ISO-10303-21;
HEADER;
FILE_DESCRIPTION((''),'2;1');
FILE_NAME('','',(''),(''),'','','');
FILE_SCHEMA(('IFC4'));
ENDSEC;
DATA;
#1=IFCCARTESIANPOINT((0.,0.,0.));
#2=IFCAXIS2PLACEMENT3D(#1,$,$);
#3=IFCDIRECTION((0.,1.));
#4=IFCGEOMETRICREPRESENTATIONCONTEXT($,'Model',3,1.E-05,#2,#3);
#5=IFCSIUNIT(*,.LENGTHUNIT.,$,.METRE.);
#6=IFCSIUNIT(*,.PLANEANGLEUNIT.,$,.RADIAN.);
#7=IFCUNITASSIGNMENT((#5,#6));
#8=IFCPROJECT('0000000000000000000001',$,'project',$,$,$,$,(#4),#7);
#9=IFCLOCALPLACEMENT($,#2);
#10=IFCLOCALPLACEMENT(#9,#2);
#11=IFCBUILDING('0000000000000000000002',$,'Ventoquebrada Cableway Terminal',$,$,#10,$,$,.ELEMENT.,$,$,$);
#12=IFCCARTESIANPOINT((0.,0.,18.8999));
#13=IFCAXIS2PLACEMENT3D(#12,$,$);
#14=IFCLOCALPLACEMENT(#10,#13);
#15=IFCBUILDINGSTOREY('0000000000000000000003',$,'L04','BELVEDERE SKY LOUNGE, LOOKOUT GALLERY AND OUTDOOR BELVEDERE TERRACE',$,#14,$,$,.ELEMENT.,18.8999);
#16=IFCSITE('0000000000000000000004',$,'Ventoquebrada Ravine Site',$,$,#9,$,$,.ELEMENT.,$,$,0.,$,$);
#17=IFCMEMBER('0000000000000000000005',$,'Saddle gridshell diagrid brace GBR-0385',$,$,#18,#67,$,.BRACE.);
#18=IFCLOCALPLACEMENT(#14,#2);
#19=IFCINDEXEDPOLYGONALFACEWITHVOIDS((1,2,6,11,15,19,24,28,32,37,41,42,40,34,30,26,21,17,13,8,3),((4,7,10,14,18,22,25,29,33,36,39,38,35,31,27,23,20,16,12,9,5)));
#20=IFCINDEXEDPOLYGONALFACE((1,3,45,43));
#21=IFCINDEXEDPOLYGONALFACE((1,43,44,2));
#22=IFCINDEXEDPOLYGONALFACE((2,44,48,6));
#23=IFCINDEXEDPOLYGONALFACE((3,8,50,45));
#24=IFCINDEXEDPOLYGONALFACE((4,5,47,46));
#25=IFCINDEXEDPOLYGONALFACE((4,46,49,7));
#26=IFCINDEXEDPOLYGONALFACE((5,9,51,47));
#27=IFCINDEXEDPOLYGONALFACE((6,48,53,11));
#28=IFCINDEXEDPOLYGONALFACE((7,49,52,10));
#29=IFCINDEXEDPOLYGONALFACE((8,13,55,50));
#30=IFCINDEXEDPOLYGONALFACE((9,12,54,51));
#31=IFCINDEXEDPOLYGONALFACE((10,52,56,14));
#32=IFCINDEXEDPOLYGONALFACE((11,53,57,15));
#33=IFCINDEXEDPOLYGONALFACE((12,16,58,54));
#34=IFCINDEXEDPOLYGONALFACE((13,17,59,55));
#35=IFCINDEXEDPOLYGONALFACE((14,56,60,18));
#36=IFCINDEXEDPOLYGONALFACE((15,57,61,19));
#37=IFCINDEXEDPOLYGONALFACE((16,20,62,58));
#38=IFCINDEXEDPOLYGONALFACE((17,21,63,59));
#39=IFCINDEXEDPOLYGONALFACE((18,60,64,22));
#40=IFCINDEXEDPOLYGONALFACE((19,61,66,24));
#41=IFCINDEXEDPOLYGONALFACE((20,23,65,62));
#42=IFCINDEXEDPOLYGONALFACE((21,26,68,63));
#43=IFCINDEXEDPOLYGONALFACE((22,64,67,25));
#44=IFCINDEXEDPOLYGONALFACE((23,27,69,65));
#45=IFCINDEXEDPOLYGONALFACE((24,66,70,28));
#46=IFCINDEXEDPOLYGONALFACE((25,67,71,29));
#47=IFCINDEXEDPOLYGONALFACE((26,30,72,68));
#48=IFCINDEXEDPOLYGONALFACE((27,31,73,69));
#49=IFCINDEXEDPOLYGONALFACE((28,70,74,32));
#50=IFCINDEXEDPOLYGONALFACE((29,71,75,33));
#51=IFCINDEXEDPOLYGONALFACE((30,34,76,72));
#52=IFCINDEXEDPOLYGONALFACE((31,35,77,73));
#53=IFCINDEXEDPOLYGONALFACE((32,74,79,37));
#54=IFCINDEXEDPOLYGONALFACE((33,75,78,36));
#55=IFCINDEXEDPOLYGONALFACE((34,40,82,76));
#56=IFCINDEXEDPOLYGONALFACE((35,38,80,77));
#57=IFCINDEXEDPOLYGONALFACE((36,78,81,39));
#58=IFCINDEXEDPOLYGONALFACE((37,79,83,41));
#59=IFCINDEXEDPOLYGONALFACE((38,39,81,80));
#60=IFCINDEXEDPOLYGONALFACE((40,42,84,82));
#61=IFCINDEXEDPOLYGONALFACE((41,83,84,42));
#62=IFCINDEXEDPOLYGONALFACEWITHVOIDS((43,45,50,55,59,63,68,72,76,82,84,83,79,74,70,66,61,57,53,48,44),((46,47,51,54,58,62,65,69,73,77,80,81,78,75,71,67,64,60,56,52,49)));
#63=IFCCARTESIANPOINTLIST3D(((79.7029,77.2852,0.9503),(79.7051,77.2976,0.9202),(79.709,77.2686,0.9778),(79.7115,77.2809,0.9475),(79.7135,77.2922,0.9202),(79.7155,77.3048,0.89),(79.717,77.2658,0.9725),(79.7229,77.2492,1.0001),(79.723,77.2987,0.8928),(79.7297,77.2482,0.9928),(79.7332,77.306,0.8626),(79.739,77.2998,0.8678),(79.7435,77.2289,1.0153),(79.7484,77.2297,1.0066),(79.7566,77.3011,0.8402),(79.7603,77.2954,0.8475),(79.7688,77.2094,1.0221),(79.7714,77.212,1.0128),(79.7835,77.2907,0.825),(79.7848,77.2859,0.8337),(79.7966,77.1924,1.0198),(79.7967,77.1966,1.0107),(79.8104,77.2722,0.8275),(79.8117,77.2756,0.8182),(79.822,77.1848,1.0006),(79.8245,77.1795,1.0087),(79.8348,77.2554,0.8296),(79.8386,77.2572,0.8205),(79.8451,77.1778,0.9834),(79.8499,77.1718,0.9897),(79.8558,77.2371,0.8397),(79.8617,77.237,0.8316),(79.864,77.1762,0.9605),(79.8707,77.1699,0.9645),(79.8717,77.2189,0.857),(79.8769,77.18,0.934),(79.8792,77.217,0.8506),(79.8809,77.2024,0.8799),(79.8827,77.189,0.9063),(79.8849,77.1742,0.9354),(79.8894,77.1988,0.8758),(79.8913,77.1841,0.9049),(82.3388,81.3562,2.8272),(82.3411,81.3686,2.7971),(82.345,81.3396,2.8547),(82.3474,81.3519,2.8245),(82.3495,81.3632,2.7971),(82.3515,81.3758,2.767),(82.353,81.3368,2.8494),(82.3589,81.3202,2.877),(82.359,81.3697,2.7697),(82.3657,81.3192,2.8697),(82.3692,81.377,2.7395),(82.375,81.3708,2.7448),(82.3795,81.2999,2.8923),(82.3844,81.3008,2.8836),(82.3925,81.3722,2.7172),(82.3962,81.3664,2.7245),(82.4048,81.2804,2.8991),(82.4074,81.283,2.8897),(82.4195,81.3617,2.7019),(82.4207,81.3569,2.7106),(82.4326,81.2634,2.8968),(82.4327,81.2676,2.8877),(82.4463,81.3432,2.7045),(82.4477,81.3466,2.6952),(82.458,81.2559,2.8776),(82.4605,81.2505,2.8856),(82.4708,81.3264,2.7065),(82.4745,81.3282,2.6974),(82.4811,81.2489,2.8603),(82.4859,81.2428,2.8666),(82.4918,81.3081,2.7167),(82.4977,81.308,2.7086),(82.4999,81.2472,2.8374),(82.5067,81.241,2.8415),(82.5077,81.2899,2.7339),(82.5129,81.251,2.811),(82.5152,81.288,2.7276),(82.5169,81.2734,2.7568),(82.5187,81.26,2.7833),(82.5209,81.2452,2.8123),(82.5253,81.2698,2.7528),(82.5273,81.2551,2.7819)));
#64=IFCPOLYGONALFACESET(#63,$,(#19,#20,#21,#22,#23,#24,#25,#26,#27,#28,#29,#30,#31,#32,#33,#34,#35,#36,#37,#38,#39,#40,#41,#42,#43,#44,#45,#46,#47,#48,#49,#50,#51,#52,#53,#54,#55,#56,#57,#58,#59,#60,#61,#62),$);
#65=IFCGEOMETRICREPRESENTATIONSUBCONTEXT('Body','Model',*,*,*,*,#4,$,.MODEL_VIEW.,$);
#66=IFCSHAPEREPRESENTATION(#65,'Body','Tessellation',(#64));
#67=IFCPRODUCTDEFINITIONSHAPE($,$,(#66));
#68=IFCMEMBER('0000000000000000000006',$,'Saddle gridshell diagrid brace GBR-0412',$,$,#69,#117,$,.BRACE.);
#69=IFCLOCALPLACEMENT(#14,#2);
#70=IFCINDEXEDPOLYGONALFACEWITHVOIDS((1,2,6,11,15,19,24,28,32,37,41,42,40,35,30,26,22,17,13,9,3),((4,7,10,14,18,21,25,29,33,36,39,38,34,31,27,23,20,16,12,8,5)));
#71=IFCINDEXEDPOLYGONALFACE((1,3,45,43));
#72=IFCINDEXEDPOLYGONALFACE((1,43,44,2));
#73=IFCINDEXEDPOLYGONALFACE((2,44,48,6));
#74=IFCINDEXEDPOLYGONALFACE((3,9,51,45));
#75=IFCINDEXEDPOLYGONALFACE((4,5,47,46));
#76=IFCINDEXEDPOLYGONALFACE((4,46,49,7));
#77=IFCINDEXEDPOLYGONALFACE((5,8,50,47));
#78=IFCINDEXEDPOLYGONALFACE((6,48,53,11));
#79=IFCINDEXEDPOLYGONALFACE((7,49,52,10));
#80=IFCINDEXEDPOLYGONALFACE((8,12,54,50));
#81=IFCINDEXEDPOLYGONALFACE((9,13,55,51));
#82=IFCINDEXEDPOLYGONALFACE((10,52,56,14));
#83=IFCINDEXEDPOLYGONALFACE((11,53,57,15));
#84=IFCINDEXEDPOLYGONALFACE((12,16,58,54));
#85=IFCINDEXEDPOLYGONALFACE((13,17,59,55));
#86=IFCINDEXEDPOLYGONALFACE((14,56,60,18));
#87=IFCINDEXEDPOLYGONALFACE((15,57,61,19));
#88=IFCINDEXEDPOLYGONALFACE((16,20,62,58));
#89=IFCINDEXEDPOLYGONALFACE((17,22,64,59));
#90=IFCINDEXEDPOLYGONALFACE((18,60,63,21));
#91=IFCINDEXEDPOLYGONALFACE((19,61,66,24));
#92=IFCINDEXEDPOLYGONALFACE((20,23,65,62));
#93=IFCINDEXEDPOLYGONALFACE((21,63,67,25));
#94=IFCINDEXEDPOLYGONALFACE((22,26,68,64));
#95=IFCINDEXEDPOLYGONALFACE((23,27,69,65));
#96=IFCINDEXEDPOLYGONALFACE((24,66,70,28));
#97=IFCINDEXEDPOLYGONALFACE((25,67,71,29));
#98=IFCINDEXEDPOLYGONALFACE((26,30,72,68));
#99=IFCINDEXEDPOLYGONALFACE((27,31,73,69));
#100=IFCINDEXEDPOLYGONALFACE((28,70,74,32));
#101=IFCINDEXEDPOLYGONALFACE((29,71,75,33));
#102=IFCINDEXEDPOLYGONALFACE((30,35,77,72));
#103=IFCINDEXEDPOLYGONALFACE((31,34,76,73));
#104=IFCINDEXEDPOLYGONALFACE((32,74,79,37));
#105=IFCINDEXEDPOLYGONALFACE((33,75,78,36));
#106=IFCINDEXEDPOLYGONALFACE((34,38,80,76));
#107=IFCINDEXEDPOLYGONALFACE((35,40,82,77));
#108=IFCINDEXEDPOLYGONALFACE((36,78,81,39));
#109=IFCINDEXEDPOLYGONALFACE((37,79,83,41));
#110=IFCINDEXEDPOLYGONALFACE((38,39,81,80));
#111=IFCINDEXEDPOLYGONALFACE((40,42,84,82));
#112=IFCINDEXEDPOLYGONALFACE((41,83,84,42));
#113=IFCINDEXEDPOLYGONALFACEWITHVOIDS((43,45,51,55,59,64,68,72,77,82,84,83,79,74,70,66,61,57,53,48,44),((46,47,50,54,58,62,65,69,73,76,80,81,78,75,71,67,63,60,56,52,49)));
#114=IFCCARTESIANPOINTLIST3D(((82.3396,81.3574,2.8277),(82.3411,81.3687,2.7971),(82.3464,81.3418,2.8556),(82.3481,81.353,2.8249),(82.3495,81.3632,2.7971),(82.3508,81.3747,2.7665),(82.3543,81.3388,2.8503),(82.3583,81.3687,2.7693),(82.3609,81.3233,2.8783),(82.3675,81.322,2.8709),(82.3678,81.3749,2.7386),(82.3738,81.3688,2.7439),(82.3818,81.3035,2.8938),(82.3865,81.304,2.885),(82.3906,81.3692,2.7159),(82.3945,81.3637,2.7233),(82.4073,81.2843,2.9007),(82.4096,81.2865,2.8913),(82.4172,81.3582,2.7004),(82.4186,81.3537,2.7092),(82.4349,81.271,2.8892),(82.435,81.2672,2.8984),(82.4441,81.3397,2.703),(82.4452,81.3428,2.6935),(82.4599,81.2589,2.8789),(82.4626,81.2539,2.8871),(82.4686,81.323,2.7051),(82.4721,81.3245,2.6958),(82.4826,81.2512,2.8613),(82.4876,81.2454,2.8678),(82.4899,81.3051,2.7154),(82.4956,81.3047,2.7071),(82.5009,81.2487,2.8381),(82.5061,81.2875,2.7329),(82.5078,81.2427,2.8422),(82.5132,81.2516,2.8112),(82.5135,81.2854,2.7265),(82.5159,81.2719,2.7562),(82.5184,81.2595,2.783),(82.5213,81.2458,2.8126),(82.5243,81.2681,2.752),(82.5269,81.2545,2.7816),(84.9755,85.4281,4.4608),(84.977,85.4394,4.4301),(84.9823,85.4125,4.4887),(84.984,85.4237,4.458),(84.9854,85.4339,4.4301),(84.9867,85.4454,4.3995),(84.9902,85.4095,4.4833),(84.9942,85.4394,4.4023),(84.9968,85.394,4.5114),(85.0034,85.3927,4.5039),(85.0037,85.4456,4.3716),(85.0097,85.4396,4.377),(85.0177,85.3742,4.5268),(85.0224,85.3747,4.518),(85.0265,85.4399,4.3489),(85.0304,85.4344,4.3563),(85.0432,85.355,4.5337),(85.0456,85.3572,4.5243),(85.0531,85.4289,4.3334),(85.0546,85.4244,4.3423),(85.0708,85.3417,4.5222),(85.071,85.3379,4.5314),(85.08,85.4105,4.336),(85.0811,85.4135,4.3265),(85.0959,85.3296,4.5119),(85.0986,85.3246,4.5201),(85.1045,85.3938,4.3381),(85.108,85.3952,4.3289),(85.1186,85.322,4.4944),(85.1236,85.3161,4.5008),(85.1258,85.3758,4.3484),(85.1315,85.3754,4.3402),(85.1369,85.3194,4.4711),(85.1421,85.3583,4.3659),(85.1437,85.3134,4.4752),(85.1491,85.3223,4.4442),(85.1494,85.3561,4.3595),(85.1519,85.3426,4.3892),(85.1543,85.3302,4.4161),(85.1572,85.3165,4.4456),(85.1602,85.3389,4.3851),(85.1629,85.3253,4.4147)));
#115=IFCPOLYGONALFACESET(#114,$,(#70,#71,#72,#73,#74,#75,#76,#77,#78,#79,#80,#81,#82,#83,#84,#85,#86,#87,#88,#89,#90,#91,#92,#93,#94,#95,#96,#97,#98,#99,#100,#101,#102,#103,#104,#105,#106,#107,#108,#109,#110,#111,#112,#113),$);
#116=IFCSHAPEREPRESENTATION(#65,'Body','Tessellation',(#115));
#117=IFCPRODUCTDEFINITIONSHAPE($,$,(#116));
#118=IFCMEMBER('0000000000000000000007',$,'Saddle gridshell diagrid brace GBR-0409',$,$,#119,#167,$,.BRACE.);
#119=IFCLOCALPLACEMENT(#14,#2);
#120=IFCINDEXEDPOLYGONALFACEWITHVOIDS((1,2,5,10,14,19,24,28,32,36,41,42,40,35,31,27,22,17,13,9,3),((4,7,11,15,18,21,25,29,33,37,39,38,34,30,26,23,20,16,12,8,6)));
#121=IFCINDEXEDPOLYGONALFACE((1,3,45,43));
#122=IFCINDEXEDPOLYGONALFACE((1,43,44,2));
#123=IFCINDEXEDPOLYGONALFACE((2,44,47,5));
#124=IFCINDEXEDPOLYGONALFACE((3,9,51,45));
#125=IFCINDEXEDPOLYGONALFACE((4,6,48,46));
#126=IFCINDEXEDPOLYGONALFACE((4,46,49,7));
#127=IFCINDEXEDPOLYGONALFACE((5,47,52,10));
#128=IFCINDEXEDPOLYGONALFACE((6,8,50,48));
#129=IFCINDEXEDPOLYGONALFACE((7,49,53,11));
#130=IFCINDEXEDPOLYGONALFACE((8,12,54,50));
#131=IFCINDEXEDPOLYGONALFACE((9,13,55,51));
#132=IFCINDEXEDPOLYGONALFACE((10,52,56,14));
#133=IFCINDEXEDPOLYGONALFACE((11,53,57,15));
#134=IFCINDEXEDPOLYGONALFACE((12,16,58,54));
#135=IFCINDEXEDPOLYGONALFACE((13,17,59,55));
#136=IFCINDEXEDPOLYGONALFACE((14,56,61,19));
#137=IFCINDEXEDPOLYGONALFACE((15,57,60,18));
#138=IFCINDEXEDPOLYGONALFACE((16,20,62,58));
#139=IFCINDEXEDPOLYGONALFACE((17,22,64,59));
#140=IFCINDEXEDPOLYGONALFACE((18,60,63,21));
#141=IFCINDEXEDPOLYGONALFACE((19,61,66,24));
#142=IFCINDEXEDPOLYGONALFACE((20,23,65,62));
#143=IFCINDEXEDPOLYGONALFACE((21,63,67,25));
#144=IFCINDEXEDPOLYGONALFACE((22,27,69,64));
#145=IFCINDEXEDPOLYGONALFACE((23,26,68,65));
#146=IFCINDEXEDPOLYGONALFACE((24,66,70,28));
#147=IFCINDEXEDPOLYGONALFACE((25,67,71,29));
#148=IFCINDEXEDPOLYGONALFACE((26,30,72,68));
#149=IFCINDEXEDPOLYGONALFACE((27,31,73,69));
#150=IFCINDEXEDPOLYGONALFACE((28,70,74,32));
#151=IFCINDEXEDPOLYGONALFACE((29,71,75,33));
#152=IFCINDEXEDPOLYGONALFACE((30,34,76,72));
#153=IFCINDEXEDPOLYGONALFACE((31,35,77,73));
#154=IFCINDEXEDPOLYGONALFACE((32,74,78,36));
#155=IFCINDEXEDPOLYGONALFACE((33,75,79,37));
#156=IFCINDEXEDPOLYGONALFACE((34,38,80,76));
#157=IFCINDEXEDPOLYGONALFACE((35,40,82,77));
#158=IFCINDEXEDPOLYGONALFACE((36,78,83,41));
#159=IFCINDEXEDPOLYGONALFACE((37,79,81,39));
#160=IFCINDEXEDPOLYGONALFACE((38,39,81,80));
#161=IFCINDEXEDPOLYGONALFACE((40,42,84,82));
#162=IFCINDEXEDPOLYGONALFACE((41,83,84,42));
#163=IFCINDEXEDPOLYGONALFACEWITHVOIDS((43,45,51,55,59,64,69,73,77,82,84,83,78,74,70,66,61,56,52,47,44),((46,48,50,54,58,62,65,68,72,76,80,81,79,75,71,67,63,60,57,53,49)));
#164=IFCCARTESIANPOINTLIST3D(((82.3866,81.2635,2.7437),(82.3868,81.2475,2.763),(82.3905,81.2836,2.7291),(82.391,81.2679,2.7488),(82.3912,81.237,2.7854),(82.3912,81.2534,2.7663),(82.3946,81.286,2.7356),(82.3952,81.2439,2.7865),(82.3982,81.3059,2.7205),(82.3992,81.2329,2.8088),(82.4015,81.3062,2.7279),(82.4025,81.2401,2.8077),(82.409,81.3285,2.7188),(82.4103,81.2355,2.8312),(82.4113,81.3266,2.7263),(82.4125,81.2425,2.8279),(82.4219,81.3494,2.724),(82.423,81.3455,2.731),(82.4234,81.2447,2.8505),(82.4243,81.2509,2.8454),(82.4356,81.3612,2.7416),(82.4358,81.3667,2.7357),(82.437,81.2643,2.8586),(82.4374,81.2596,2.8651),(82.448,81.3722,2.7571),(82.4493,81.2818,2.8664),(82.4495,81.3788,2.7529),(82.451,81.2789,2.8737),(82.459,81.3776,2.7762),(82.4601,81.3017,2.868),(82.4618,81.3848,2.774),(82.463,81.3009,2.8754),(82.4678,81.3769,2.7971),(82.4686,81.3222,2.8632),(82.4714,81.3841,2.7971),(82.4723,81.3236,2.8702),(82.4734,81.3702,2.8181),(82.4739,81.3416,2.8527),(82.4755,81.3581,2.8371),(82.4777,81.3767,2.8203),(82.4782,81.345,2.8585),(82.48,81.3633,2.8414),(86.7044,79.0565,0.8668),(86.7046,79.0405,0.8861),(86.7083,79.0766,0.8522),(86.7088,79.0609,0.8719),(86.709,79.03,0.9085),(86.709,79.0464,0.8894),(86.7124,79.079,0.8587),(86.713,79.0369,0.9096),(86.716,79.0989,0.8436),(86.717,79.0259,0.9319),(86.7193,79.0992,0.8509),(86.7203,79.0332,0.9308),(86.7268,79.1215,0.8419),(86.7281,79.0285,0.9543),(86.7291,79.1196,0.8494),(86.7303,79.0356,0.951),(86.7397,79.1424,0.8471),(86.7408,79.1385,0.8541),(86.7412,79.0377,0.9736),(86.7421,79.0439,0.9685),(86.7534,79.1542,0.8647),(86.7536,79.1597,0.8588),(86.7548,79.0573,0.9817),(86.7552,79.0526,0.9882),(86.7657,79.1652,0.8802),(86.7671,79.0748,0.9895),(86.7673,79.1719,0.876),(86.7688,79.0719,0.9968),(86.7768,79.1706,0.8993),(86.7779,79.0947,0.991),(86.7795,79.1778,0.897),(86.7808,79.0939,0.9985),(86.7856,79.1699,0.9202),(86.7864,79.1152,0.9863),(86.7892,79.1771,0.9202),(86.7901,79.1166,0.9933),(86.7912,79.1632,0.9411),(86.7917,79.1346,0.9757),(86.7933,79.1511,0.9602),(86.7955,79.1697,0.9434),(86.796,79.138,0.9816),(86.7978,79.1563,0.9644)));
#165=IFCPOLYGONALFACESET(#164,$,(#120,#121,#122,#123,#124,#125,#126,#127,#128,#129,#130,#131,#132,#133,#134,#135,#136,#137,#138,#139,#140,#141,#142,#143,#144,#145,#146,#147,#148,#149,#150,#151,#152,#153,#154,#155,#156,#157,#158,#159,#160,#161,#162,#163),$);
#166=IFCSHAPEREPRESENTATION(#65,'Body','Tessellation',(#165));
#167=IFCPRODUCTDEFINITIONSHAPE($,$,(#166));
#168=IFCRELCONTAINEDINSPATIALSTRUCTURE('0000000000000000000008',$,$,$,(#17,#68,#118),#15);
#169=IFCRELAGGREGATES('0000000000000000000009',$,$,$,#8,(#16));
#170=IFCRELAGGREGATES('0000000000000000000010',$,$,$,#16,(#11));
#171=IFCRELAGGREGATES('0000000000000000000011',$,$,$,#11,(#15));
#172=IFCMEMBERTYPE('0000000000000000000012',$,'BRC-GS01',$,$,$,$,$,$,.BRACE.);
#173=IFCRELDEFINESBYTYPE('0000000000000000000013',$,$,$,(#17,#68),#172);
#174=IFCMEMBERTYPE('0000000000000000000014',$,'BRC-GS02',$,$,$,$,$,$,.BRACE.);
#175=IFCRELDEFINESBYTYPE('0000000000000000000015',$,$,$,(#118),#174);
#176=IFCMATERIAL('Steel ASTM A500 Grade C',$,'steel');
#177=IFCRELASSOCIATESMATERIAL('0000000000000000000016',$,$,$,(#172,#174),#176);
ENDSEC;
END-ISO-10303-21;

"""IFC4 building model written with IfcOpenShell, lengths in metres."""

from ifc_helpers import new_model, si_unit, direction, frame, origin, origin_2d, place, context, subcontext, project, spatial, hollow_circle, extrude, material, material_profile, profile_set, type_object, element, save


model = new_model("IFC4")

# Units and contexts
model_context = context("Model", 3, precision=1e-05, world=origin(), true_north=direction((0.0, 1.0)))
body_context = subcontext(model_context, "Body", "Model", "MODEL_VIEW")
ifc_project = project(units=[si_unit("LENGTHUNIT", "METRE"), si_unit("PLANEANGLEUNIT", "RADIAN")], contexts=[model_context])

# Site, building, storey
site_placement = place(None, origin())
site = spatial("IfcSite", under=ifc_project, at=site_placement, Name="Ventoquebrada Ravine Site", CompositionType="ELEMENT", RefElevation=0.0)
building_placement = place(site_placement, origin())
building = spatial("IfcBuilding", under=site, at=building_placement, Name="Ventoquebrada Cableway Terminal", CompositionType="ELEMENT")
storey_placement = place(building_placement, frame((0.0, 0.0, 18.8999)))
storey = spatial("IfcBuildingStorey", under=building, at=storey_placement, Name="L04", Description="BELVEDERE SKY LOUNGE, LOOKOUT GALLERY AND OUTDOOR BELVEDERE TERRACE", CompositionType="ELEMENT", Elevation=18.8999)

# Members
ifc_material_1 = material(Name="Steel ASTM A500 Grade C", Category="steel")
ifc_material_profile_1 = material_profile(ifc_material_1, hollow_circle(Radius=0.1096, WallThickness=0.01, at=origin_2d()), Name="CHS219.1X10")
ifc_profile_set_1 = profile_set([ifc_material_profile_1], Name="Steel ASTM A500 Grade C")
member_type_1 = type_object("IfcMemberType", Name="BRC-GS01", PredefinedType="BRACE", material=ifc_profile_set_1)
member_1_placement = place(storey_placement, frame((79.7971, 77.238, 0.9202), z_axis=(0.506876, 0.782824, 0.360921), x_axis=(-0.839403, 0.54351, 0.0)))
element("IfcMember", 1, at=member_1_placement, inside=storey, type_object=member_type_1, Name="Saddle gridshell diagrid brace GBR-0385", PredefinedType="BRACE", context=body_context, shape_type="SweptSolid", body=[
    extrude(hollow_circle(Radius=0.1096, WallThickness=0.01, at=origin_2d()), origin(), (0.0, 0.0, 1.0), 5.2004),
])
member_2_placement = place(storey_placement, frame((82.4331, 81.3091, 2.7971), z_axis=(0.515113, 0.795498, 0.319125), x_axis=(-0.839388, 0.543533, 0.0)))
element("IfcMember", 2, at=member_2_placement, inside=storey, type_object=member_type_1, Name="Saddle gridshell diagrid brace GBR-0412", PredefinedType="BRACE", context=body_context, shape_type="SweptSolid", body=[
    extrude(hollow_circle(Radius=0.1096, WallThickness=0.01, at=origin_2d()), origin(), (0.0, 0.0, 1.0), 5.1172),
])
ifc_material_profile_2 = material_profile(ifc_material_1, hollow_circle(Radius=0.0842, WallThickness=0.0081, at=origin_2d()), Name="CHS168.3X8")
ifc_profile_set_2 = profile_set([ifc_material_profile_2], Name="Steel ASTM A500 Grade C")
member_type_2 = type_object("IfcMemberType", Name="BRC-GS02", PredefinedType="BRACE", material=ifc_profile_set_2)
member_3_placement = place(storey_placement, frame((82.4331, 81.3091, 2.7971), z_axis=(0.830391, -0.424445, -0.360966), x_axis=(0.455131, 0.890425, 0.0)))
element("IfcMember", 3, at=member_3_placement, inside=storey, type_object=member_type_2, Name="Saddle gridshell diagrid brace GBR-0409", PredefinedType="BRACE", context=body_context, shape_type="SweptSolid", body=[
    extrude(hollow_circle(Radius=0.0842, WallThickness=0.0081, at=origin_2d()), origin(), (0.0, 0.0, 1.0), 5.1997),
])

save(model, "model.ifc")
